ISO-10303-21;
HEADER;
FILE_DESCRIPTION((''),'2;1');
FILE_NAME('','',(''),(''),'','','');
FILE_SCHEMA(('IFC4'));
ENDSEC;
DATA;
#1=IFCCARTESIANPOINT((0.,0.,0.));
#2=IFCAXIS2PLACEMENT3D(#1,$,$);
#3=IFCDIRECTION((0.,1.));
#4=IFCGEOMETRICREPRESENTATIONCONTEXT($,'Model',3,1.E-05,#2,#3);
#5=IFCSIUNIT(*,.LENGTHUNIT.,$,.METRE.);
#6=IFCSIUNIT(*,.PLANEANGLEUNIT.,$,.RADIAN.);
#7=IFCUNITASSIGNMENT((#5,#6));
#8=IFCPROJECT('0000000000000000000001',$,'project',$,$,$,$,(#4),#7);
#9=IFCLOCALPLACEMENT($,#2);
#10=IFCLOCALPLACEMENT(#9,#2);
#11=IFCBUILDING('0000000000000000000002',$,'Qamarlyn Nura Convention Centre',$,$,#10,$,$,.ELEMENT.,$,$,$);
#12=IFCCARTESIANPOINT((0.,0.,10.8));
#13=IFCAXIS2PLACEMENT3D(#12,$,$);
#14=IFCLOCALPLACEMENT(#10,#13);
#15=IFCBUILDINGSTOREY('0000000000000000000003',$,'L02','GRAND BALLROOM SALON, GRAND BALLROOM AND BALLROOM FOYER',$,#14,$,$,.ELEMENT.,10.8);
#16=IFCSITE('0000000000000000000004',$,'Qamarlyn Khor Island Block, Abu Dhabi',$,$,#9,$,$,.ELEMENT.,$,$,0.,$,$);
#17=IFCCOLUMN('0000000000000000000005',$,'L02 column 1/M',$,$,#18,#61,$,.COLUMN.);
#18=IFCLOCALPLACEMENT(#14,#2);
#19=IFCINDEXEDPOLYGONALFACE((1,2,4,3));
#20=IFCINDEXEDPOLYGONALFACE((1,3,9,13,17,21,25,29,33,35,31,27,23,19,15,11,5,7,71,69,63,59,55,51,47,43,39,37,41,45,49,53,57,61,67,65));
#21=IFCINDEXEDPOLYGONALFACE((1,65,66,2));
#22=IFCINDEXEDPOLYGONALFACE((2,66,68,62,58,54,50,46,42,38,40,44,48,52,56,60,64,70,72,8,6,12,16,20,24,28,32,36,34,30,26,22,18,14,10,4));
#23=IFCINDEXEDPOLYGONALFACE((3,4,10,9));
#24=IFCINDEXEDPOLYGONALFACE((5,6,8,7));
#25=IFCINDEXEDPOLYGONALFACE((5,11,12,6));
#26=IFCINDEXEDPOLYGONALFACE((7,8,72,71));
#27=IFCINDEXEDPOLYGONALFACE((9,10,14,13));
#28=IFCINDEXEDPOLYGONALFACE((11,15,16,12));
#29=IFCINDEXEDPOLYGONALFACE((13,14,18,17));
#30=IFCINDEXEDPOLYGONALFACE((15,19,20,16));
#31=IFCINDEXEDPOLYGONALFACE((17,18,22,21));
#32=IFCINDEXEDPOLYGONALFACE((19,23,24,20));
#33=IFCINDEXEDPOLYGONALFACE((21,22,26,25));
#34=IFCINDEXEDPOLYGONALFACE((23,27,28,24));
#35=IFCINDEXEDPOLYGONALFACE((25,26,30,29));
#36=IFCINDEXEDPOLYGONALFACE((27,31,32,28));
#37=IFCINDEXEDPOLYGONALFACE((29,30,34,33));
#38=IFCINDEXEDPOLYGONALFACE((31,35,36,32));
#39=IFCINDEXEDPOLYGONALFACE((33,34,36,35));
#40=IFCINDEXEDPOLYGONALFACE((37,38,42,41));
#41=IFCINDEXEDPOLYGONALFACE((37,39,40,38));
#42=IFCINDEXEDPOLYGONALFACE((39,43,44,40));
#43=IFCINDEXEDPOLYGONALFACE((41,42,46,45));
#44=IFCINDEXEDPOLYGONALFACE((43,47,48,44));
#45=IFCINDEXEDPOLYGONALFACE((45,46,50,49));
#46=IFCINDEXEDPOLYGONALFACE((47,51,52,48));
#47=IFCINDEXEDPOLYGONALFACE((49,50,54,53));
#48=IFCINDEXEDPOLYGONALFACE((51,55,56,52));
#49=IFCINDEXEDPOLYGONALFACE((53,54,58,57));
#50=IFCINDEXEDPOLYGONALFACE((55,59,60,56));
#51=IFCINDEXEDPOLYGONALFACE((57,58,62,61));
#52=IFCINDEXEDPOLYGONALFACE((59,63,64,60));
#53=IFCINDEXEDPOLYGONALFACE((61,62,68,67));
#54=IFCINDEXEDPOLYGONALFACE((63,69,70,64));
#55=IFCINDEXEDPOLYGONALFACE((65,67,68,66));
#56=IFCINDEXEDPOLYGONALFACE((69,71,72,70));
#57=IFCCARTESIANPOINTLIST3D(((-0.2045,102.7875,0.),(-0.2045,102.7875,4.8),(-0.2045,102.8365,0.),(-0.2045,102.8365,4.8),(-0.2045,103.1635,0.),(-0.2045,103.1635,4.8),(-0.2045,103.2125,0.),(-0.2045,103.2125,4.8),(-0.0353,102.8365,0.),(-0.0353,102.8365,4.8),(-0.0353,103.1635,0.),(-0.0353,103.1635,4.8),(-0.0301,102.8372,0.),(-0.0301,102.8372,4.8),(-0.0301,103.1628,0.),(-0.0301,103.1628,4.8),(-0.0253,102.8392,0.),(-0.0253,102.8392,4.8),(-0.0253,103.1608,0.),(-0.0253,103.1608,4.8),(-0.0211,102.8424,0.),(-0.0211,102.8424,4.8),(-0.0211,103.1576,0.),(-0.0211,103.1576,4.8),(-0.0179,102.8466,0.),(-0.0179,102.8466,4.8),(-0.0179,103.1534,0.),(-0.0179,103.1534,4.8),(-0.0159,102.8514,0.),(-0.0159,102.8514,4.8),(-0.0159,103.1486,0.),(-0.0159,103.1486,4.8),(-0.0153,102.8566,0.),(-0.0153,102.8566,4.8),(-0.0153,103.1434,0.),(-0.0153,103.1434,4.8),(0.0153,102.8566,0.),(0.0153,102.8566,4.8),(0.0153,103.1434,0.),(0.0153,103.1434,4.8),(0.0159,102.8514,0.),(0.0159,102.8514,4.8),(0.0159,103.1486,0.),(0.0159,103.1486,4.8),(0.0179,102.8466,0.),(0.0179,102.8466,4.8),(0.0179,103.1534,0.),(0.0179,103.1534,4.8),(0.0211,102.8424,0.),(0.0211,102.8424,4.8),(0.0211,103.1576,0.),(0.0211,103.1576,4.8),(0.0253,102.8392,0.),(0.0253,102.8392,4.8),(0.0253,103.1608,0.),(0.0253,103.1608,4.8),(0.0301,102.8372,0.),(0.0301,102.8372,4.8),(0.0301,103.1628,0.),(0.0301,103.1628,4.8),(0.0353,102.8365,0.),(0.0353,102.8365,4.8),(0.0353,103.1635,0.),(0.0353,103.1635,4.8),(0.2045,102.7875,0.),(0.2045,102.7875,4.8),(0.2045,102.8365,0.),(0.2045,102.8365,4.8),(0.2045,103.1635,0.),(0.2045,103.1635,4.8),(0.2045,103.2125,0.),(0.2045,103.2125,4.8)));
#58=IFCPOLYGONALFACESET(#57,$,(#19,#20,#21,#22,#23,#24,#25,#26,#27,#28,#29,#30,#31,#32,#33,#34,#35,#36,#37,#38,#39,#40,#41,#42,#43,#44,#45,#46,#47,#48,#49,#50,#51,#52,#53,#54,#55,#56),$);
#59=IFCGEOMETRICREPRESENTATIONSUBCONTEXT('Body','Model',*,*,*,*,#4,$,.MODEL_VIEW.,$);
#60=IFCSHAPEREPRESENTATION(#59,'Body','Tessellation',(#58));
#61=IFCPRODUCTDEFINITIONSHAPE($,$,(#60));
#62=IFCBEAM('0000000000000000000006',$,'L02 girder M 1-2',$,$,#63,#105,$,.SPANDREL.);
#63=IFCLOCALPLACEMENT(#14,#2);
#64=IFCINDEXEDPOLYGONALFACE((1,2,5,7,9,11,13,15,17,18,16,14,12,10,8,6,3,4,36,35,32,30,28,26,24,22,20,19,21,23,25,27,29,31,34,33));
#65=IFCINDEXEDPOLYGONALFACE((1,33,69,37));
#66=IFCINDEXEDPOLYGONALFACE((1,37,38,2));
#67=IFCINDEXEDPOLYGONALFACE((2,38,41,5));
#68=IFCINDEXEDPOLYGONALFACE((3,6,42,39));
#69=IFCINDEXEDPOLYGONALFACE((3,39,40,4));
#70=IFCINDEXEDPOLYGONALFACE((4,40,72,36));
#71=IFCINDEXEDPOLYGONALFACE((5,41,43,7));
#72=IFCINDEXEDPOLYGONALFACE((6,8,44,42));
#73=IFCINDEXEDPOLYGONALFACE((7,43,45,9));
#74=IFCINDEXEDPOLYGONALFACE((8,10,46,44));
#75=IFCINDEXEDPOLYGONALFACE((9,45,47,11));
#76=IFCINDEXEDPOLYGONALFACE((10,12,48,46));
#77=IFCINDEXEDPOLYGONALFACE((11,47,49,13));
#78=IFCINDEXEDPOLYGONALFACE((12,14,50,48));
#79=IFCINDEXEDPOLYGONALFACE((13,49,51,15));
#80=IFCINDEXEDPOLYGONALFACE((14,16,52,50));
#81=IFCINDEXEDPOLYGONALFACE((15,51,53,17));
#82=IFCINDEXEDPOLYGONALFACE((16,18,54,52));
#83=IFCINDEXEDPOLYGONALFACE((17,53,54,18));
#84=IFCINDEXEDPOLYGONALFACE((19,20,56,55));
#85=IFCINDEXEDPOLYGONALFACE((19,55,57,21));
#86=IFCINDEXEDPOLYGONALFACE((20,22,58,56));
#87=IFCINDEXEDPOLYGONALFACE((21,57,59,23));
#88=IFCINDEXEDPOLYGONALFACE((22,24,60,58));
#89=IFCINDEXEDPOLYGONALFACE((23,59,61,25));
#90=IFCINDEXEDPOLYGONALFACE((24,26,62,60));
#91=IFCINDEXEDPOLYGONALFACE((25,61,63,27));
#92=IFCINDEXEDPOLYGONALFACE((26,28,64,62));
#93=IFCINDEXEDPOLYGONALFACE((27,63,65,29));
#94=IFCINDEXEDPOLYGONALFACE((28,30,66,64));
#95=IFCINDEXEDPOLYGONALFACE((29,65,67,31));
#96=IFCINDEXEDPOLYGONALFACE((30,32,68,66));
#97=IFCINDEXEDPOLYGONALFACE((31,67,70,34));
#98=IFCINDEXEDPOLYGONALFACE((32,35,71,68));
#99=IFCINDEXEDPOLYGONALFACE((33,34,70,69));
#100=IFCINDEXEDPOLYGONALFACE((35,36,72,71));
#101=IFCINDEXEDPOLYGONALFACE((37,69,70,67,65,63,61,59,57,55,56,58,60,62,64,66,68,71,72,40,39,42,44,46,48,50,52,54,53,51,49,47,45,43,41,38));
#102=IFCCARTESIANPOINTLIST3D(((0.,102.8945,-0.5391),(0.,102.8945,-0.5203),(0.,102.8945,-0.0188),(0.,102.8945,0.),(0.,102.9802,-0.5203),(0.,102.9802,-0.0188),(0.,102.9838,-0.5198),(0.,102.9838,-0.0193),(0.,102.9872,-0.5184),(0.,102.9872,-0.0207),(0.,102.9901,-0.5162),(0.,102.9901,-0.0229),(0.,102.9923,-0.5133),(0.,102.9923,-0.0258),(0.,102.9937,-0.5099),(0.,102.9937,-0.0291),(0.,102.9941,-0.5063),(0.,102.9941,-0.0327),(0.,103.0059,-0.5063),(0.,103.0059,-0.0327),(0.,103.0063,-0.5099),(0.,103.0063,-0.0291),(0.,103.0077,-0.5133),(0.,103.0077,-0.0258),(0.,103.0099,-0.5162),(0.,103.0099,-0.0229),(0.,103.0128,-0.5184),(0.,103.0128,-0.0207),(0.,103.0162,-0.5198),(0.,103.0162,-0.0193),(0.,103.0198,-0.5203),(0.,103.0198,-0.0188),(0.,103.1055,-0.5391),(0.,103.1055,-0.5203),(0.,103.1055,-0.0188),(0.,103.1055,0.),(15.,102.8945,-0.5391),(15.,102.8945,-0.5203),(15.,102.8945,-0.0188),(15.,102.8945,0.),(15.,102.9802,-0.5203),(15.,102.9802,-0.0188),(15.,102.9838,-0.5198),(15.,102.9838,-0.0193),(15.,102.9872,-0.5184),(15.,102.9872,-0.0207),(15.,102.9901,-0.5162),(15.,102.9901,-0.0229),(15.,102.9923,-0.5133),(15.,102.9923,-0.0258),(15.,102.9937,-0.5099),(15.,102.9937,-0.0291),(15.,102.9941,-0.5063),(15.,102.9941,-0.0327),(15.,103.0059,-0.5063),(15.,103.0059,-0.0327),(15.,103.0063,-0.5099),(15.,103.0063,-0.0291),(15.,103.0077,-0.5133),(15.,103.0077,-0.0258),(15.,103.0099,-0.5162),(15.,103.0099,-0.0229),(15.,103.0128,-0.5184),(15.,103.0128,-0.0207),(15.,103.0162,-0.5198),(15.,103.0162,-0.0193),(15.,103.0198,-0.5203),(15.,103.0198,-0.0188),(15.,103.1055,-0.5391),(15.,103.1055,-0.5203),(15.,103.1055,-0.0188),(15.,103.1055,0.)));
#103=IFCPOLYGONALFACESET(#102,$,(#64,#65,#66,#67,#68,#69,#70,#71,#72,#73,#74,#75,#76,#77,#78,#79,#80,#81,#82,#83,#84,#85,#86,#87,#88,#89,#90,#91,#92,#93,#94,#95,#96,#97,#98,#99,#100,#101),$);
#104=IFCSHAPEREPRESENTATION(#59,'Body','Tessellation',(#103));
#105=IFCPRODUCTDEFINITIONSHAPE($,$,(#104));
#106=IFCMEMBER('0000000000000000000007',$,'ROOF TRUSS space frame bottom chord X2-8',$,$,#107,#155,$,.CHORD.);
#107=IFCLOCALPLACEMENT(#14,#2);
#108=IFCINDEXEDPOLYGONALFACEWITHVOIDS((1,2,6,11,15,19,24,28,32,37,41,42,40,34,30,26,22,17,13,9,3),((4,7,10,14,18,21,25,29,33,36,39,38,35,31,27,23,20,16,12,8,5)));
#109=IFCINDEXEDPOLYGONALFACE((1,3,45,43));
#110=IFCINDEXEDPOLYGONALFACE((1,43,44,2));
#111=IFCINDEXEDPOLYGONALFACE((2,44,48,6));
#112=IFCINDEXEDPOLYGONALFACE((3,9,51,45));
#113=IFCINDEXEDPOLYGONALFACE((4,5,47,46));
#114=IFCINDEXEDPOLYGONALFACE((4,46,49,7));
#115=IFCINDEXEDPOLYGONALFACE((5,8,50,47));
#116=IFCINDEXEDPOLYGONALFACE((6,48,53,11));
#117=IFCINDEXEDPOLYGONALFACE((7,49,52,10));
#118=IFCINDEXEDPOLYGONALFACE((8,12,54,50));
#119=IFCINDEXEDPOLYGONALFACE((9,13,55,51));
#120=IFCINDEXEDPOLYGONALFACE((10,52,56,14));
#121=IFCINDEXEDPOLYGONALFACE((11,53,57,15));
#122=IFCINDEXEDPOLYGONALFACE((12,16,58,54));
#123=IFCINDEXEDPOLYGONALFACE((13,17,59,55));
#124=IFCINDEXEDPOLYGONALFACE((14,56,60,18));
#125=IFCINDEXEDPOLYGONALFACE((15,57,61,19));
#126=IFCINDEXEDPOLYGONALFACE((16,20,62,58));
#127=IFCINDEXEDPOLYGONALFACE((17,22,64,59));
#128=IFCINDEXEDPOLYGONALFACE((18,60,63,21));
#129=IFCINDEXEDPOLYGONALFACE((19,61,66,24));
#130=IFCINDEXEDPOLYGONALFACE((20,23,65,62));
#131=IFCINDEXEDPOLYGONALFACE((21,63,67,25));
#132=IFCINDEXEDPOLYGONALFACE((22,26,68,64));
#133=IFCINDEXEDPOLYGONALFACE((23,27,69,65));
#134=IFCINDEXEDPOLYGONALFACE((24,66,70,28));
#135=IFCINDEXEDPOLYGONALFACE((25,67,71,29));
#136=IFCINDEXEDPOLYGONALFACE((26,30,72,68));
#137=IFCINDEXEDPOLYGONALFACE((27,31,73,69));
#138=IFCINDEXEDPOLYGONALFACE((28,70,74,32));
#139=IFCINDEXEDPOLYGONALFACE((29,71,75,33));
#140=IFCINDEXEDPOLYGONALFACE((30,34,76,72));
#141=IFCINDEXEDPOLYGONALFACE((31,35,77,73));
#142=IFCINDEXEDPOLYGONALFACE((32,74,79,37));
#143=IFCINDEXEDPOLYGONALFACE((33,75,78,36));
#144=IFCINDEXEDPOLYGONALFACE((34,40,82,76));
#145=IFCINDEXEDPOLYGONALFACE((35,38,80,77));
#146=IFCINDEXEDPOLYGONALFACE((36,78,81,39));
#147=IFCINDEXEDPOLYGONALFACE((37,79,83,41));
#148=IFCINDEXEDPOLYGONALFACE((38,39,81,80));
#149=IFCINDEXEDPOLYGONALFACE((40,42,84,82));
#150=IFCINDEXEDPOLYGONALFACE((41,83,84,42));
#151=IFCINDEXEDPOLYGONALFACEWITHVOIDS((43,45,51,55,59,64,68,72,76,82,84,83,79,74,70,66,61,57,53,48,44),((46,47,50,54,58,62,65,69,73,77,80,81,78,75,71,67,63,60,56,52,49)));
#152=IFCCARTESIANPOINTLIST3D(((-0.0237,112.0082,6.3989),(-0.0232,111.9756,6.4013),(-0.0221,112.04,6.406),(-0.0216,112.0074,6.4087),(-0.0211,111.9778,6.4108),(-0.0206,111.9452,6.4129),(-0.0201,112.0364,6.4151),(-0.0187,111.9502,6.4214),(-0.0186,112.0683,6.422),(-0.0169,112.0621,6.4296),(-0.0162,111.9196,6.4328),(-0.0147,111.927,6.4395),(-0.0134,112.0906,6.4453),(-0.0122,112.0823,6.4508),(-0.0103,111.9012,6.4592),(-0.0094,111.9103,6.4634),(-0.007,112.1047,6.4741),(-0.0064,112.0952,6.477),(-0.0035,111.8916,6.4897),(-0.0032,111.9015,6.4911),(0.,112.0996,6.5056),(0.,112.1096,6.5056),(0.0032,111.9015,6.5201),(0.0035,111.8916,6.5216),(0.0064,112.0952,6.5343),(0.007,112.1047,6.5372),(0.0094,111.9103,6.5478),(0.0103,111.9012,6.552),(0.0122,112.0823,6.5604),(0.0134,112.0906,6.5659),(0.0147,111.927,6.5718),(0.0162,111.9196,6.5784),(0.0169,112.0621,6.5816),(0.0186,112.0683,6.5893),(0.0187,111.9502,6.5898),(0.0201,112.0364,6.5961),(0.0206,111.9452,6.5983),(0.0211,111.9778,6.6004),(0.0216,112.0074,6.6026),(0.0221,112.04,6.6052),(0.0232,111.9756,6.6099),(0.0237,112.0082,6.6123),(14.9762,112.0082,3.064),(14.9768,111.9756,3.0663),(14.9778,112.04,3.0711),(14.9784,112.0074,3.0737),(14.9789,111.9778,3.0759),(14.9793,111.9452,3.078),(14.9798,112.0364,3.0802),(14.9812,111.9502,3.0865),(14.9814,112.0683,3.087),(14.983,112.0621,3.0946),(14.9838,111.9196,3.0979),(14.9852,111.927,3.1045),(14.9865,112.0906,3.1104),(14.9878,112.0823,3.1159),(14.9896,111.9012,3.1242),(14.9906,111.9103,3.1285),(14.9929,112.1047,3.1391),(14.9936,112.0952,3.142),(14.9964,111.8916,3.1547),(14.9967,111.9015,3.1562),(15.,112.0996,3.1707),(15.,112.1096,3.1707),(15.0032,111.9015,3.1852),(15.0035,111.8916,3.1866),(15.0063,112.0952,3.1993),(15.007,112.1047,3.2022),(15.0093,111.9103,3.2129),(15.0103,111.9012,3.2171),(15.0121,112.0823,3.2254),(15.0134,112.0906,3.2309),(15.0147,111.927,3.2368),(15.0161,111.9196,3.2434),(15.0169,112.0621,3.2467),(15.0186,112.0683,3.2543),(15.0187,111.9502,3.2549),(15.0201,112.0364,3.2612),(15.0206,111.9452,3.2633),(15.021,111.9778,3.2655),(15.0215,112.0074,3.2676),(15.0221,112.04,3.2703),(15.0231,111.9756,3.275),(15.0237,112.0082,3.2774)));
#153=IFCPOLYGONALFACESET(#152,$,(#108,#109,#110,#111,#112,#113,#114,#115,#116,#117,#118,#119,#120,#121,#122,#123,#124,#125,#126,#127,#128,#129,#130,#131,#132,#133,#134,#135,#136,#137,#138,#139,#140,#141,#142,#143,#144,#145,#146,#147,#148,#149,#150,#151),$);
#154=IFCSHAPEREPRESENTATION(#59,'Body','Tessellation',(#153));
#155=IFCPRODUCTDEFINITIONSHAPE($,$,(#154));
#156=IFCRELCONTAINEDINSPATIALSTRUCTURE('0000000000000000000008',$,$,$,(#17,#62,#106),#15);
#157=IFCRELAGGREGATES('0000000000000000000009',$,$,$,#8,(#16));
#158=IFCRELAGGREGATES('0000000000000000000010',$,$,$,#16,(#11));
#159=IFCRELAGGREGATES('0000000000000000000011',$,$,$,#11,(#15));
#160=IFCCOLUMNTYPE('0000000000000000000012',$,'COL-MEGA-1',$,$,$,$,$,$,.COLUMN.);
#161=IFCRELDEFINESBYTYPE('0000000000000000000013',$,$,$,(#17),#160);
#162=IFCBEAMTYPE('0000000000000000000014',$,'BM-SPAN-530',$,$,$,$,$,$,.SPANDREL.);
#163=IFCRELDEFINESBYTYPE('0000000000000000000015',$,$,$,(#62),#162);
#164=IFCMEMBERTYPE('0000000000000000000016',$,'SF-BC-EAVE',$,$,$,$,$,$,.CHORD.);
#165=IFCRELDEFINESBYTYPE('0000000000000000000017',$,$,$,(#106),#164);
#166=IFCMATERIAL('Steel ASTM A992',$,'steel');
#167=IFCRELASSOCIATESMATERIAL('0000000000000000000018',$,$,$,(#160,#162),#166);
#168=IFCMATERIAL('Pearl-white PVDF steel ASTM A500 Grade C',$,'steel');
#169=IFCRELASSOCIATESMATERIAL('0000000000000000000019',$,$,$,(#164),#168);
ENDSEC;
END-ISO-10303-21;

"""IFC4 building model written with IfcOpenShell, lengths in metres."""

from ifc_helpers import new_model, si_unit, direction, frame, origin, origin_2d, place, context, subcontext, project, spatial, hollow_circle, i_section, extrude, material, material_profile, profile_set, type_object, element, save


model = new_model("IFC4")

# Units and contexts
model_context = context("Model", 3, precision=1e-05, world=origin(), true_north=direction((0.0, 1.0)))
body_context = subcontext(model_context, "Body", "Model", "MODEL_VIEW")
ifc_project = project(units=[si_unit("LENGTHUNIT", "METRE"), si_unit("PLANEANGLEUNIT", "RADIAN")], contexts=[model_context])

# Site, building, storey
site_placement = place(None, origin())
site = spatial("IfcSite", under=ifc_project, at=site_placement, Name="Qamarlyn Khor Island Block, Abu Dhabi", CompositionType="ELEMENT", RefElevation=0.0)
building_placement = place(site_placement, origin())
building = spatial("IfcBuilding", under=site, at=building_placement, Name="Qamarlyn Nura Convention Centre", CompositionType="ELEMENT")
storey_placement = place(building_placement, frame((0.0, 0.0, 10.8)))
storey = spatial("IfcBuildingStorey", under=building, at=storey_placement, Name="L02", Description="GRAND BALLROOM SALON, GRAND BALLROOM AND BALLROOM FOYER", CompositionType="ELEMENT", Elevation=10.8)

# Column
ifc_material_1 = material(Name="Steel ASTM A992", Category="steel")
ifc_material_profile_1 = material_profile(ifc_material_1, i_section(OverallWidth=0.4089, OverallDepth=0.425, WebThickness=0.0305, FlangeThickness=0.0491, FilletRadius=0.02, at=origin_2d()), Name="W360X421")
ifc_profile_set_1 = profile_set([ifc_material_profile_1], Name="Steel ASTM A992")
column_type = type_object("IfcColumnType", Name="COL-MEGA-1", PredefinedType="COLUMN", material=ifc_profile_set_1)
column_placement = place(storey_placement, frame((0.0, 103.0, 0.0), z_axis=(0.0, 0.0, 1.0), x_axis=(1.0, 0.0, 0.0)))
element("IfcColumn", 1, at=column_placement, inside=storey, type_object=column_type, Name="L02 column 1/M", PredefinedType="COLUMN", context=body_context, shape_type="SweptSolid", body=[
    extrude(i_section(OverallWidth=0.4089, OverallDepth=0.425, WebThickness=0.0305, FlangeThickness=0.0491, FilletRadius=0.02, at=origin_2d()), origin(), (0.0, 0.0, 1.0), 4.8),
])

# Beam
ifc_material_profile_2 = material_profile(ifc_material_1, i_section(OverallWidth=0.2109, OverallDepth=0.5391, WebThickness=0.0117, FlangeThickness=0.0188, FilletRadius=0.0139, at=origin_2d()), Name="W530X109")
ifc_profile_set_2 = profile_set([ifc_material_profile_2], Name="Steel ASTM A992")
beam_type = type_object("IfcBeamType", Name="BM-SPAN-530", PredefinedType="SPANDREL", material=ifc_profile_set_2)
beam_placement = place(storey_placement, frame((0.0, 103.0, -0.2695), z_axis=(1.0, 0.0, 0.0), x_axis=(0.0, 1.0, 0.0)))
element("IfcBeam", 2, at=beam_placement, inside=storey, type_object=beam_type, Name="L02 girder M 1-2", PredefinedType="SPANDREL", context=body_context, shape_type="SweptSolid", body=[
    extrude(i_section(OverallWidth=0.2109, OverallDepth=0.5391, WebThickness=0.0117, FlangeThickness=0.0188, FilletRadius=0.0139, at=origin_2d()), origin(), (0.0, 0.0, 1.0), 15.0),
])

# Member
ifc_material_2 = material(Name="Pearl-white PVDF steel ASTM A500 Grade C", Category="steel")
ifc_material_profile_3 = material_profile(ifc_material_2, hollow_circle(Radius=0.1096, WallThickness=0.01, at=origin_2d()), Name="CHS219.1X10")
ifc_profile_set_3 = profile_set([ifc_material_profile_3], Name="Pearl-white PVDF steel ASTM A500 Grade C")
member_type_1 = type_object("IfcMemberType", Name="SF-BC-EAVE", PredefinedType="CHORD", material=ifc_profile_set_3)
member_1_placement = place(storey_placement, frame((0.0, 112.0, 6.5056), z_axis=(0.976165, 0.0, -0.217031), x_axis=(0.0, 1.0, 0.0)))
element("IfcMember", 3, at=member_1_placement, inside=storey, type_object=member_type_1, Name="ROOF TRUSS space frame bottom chord X2-8", PredefinedType="CHORD", context=body_context, shape_type="SweptSolid", body=[
    extrude(hollow_circle(Radius=0.1096, WallThickness=0.01, at=origin_2d()), origin(), (0.0, 0.0, 1.0), 15.3662),
])

save(model, "model.ifc")
